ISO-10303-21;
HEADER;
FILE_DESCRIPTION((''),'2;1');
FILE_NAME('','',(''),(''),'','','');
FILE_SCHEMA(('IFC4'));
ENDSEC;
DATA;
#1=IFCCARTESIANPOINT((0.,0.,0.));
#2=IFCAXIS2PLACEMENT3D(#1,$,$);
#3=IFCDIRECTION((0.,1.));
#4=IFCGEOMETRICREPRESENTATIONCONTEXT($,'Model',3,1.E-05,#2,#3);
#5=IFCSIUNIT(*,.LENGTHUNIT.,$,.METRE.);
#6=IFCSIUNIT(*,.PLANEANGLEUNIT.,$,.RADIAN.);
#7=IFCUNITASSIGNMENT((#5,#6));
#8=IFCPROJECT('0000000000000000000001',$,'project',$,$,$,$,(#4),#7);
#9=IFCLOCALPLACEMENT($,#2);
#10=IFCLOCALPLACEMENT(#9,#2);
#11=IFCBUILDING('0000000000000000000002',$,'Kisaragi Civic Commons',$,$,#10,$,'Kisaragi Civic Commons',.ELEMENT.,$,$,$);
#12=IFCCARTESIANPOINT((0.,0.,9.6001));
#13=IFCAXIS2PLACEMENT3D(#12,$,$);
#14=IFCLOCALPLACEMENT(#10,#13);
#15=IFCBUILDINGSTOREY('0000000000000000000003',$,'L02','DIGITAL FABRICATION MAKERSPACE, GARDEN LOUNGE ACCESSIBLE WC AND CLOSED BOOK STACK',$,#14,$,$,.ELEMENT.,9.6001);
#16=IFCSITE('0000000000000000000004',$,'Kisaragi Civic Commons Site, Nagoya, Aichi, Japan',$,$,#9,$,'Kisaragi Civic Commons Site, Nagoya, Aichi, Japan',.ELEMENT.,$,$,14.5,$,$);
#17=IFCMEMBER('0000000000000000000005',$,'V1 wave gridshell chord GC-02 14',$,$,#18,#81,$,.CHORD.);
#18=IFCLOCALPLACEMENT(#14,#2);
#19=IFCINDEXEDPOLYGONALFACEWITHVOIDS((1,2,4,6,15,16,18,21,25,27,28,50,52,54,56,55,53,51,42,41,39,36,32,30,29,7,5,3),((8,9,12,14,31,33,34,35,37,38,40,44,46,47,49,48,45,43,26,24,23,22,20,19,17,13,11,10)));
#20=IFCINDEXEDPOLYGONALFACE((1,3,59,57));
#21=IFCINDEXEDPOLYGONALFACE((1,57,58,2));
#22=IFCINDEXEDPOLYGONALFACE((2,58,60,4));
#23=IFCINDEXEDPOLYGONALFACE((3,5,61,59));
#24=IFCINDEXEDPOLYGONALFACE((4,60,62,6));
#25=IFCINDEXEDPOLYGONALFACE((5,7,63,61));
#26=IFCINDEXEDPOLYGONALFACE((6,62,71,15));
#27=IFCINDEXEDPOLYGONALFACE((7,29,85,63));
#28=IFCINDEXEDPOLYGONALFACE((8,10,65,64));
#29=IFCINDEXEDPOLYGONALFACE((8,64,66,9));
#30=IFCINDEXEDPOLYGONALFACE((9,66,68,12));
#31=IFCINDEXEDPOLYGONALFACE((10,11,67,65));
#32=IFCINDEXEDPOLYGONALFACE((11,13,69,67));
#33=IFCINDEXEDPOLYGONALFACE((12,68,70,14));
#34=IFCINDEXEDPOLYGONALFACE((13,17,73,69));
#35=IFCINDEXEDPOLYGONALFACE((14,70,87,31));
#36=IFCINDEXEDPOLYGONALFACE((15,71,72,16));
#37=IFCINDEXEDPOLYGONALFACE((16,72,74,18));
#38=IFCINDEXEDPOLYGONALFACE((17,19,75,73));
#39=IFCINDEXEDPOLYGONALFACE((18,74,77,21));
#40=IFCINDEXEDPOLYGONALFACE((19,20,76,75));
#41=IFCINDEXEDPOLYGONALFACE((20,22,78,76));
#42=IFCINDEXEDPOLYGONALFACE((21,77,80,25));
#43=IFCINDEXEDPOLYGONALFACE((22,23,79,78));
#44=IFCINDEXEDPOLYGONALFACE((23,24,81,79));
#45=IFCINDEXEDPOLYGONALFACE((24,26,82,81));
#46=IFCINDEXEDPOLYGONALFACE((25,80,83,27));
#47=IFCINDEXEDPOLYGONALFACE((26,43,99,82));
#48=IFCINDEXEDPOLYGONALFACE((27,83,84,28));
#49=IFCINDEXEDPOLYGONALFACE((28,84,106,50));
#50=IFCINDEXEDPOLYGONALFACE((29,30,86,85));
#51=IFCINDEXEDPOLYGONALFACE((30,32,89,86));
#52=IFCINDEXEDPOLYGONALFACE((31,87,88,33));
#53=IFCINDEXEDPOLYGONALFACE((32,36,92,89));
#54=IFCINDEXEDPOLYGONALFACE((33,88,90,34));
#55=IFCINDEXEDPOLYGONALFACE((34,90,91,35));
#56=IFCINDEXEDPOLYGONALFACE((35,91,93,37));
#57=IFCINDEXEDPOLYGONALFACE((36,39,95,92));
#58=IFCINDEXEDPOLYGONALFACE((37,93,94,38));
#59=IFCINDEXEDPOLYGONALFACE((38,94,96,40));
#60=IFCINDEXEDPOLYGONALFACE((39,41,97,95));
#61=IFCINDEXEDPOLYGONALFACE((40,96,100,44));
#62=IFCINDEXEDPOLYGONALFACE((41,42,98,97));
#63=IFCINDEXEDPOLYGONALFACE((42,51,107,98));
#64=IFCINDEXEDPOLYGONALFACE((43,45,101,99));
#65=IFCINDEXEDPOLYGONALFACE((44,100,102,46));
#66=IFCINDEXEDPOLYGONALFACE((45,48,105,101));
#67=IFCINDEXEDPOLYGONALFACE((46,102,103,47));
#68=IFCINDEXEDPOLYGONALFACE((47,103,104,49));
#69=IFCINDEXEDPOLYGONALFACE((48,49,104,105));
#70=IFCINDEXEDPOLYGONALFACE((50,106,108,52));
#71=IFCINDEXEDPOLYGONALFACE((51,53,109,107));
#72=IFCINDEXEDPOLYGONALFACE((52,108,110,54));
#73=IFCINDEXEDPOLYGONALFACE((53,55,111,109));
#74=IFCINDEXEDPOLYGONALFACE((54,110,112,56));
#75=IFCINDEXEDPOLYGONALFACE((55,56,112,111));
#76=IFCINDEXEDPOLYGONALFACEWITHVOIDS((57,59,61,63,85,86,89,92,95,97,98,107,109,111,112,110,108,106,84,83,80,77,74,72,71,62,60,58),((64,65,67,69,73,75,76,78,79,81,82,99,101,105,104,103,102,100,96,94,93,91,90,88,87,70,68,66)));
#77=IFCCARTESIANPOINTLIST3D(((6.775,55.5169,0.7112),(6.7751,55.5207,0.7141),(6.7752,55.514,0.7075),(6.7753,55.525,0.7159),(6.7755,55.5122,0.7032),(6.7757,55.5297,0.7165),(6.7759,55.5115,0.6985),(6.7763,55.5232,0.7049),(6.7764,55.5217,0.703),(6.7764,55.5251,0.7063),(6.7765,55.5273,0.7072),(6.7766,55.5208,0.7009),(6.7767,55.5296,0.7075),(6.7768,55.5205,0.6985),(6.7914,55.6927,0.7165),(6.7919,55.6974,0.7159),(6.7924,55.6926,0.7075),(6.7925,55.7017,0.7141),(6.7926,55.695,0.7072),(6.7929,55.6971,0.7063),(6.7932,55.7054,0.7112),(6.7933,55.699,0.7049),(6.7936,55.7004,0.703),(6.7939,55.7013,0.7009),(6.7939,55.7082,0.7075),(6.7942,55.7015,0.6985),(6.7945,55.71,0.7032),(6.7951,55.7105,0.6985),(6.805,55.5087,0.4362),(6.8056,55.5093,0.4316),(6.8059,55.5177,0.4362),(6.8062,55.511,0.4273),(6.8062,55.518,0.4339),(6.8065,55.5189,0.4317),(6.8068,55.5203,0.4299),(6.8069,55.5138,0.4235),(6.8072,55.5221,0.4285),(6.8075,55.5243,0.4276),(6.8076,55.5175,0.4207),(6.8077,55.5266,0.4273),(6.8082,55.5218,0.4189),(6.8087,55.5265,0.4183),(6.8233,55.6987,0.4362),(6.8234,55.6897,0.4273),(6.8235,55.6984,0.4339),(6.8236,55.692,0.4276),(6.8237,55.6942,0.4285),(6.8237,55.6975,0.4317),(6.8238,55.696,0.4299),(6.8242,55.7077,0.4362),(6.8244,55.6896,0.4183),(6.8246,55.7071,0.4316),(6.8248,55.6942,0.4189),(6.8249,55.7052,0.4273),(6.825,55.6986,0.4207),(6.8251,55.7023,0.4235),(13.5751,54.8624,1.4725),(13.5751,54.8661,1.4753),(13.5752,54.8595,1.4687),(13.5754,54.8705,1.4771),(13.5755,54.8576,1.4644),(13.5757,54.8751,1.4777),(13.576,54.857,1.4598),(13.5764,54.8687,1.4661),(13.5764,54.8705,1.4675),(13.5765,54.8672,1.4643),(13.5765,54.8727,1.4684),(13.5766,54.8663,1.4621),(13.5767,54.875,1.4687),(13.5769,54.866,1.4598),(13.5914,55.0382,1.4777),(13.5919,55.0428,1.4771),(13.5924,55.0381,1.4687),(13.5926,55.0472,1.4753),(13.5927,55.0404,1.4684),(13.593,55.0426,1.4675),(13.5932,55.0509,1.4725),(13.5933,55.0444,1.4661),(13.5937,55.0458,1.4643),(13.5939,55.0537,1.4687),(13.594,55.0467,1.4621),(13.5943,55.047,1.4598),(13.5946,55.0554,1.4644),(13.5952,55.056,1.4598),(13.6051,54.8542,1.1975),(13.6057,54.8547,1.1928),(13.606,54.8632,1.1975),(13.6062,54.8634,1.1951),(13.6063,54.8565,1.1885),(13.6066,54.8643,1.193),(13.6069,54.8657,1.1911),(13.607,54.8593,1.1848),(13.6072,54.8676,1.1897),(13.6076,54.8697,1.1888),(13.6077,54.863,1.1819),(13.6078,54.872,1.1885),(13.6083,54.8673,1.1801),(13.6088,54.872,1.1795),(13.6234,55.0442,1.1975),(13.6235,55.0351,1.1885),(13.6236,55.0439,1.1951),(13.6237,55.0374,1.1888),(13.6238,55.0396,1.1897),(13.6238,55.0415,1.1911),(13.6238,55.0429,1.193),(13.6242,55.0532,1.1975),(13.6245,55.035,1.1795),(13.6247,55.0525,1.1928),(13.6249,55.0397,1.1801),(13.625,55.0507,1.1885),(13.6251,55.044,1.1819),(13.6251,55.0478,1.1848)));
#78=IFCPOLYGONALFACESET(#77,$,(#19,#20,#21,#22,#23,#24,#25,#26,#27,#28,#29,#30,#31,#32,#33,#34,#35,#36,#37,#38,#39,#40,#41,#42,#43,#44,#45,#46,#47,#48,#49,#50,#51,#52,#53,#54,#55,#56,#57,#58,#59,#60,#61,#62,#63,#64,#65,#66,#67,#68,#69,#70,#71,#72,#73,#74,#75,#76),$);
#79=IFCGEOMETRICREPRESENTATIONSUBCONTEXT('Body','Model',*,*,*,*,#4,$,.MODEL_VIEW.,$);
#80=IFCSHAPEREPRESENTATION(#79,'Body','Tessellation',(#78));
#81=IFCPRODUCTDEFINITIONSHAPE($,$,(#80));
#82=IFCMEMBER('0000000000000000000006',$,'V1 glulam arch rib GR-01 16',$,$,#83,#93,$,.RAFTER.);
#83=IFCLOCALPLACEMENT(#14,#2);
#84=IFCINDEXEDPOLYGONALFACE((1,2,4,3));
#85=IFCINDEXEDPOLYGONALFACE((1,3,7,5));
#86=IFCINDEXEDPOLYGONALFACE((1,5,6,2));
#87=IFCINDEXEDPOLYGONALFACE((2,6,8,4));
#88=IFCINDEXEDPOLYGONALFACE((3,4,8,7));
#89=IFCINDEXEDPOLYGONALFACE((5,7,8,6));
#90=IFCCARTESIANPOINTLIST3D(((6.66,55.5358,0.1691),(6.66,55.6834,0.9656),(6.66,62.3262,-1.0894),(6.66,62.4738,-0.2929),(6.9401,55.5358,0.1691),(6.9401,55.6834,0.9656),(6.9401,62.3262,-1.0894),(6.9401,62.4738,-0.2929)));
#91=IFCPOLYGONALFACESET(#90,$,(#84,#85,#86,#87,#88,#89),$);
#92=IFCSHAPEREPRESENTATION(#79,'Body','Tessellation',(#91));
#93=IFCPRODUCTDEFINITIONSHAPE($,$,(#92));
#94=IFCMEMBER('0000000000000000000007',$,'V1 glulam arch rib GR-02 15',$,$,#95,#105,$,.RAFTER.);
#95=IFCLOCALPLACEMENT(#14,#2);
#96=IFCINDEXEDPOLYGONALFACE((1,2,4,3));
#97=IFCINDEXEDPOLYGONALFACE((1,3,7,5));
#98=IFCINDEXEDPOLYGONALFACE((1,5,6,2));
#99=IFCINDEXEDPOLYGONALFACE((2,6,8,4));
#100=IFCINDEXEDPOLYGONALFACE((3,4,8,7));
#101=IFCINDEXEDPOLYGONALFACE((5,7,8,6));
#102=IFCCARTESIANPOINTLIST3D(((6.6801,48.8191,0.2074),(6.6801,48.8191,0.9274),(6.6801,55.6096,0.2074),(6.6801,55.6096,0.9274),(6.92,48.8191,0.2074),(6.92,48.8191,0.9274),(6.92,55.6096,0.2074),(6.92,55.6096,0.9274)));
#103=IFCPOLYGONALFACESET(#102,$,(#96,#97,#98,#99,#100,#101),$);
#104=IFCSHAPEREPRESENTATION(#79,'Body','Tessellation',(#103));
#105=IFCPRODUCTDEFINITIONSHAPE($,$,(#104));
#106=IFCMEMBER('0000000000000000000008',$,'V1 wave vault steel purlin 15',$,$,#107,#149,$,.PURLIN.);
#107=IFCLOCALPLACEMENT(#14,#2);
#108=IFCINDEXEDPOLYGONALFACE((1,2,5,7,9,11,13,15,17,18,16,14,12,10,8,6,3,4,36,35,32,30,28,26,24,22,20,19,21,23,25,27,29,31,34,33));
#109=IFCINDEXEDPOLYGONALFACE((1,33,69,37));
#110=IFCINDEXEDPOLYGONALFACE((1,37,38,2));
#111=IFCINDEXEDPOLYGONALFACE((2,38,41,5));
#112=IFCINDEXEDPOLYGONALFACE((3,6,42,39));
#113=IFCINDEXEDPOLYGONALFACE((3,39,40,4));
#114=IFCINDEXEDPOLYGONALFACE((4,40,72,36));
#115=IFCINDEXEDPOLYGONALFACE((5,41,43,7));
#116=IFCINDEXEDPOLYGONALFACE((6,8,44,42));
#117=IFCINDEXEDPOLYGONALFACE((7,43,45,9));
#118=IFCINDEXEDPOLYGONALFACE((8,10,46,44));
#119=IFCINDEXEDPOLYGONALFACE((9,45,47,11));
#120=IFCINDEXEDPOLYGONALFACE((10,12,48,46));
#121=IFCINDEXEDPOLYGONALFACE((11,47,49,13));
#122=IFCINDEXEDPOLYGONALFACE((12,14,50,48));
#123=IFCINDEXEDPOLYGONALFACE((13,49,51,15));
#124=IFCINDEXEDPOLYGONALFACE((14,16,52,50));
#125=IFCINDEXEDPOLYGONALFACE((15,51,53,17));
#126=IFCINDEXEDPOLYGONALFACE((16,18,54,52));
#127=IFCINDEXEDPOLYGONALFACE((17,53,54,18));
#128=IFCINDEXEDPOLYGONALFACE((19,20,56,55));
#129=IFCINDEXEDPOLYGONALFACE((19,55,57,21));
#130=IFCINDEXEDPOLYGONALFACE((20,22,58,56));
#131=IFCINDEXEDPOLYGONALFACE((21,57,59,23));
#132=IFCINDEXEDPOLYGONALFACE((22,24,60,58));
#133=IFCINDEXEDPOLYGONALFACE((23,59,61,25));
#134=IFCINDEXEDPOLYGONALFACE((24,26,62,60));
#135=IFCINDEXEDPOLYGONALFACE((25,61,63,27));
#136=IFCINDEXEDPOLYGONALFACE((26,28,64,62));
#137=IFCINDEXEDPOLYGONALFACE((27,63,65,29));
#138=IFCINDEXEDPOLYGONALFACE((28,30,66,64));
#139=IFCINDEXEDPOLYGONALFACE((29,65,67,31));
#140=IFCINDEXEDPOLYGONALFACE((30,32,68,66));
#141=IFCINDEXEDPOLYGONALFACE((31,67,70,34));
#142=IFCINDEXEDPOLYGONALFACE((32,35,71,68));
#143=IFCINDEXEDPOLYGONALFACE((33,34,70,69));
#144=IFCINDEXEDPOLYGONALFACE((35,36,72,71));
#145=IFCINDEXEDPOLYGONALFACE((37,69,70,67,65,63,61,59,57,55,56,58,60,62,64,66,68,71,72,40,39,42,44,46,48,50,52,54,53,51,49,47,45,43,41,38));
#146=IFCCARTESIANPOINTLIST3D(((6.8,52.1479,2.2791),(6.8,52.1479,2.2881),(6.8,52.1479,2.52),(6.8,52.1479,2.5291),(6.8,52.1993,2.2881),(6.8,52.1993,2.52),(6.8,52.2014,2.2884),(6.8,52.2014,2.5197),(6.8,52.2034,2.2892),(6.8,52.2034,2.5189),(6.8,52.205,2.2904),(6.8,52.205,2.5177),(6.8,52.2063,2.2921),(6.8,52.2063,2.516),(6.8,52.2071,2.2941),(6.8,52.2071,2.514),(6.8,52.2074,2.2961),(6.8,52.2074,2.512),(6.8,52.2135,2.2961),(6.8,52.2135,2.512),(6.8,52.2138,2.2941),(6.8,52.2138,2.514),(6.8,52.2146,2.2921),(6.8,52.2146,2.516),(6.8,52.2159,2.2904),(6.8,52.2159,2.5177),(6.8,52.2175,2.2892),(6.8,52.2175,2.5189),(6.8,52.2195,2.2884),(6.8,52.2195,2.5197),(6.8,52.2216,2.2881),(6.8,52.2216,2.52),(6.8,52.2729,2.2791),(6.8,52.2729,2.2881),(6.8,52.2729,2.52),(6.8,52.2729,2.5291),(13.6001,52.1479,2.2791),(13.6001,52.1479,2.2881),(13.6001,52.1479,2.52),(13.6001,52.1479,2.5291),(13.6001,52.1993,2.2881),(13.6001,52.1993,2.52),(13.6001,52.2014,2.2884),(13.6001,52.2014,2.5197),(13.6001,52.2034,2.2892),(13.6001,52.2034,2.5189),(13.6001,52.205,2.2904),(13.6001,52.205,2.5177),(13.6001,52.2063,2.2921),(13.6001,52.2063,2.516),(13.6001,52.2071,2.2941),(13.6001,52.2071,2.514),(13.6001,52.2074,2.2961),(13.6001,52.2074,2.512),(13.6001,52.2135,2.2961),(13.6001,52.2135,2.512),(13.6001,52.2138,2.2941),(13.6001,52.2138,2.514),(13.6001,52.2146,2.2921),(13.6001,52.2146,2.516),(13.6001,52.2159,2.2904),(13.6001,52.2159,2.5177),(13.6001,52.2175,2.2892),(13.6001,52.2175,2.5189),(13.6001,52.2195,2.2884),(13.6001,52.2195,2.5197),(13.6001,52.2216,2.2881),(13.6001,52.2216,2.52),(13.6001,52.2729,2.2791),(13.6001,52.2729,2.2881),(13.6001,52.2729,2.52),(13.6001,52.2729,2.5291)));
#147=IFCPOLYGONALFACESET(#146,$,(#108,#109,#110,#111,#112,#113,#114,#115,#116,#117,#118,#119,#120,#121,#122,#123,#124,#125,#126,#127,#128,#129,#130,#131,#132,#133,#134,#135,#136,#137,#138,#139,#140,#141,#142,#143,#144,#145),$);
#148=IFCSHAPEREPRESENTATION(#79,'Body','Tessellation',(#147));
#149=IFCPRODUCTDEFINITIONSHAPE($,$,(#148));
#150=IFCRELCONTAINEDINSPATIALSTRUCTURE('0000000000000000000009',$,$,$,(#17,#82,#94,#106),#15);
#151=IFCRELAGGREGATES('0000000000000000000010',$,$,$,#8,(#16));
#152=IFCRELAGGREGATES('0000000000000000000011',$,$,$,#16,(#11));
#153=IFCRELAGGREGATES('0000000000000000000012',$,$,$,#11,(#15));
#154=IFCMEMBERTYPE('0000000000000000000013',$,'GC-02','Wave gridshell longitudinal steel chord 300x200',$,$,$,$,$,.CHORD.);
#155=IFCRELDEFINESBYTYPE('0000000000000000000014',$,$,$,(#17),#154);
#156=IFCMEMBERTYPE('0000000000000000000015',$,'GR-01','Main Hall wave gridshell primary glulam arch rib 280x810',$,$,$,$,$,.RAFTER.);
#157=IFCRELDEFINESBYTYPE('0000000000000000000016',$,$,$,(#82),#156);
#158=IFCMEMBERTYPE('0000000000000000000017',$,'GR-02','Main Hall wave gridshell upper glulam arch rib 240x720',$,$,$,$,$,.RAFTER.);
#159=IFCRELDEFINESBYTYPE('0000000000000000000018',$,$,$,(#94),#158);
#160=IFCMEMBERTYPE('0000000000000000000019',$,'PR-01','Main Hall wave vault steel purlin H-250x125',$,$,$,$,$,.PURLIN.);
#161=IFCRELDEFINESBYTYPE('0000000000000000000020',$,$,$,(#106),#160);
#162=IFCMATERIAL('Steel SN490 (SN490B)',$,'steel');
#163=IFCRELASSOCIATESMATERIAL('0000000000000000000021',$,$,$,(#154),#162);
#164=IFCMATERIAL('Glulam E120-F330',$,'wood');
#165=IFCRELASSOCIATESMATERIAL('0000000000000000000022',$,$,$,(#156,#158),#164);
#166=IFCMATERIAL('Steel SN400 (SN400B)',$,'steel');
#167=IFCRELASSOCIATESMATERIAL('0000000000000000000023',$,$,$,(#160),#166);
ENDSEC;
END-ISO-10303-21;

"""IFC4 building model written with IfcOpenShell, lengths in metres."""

from ifc_helpers import new_model, si_unit, direction, frame, origin, origin_2d, place, context, subcontext, project, spatial, rectangle, hollow_rectangle, i_section, extrude, material, material_profile, profile_set, type_object, element, save


model = new_model("IFC4")

# Units and contexts
model_context = context("Model", 3, precision=1e-05, world=origin(), true_north=direction((0.0, 1.0)))
body_context = subcontext(model_context, "Body", "Model", "MODEL_VIEW")
ifc_project = project(units=[si_unit("LENGTHUNIT", "METRE"), si_unit("PLANEANGLEUNIT", "RADIAN")], contexts=[model_context])

# Site, building, storey
site_placement = place(None, origin())
site = spatial("IfcSite", under=ifc_project, at=site_placement, Name="Kisaragi Civic Commons Site, Nagoya, Aichi, Japan", LongName="Kisaragi Civic Commons Site, Nagoya, Aichi, Japan", CompositionType="ELEMENT", RefElevation=14.5)
building_placement = place(site_placement, origin())
building = spatial("IfcBuilding", under=site, at=building_placement, Name="Kisaragi Civic Commons", LongName="Kisaragi Civic Commons", CompositionType="ELEMENT")
storey_placement = place(building_placement, frame((0.0, 0.0, 9.6001)))
storey = spatial("IfcBuildingStorey", under=building, at=storey_placement, Name="L02", Description="DIGITAL FABRICATION MAKERSPACE, GARDEN LOUNGE ACCESSIBLE WC AND CLOSED BOOK STACK", CompositionType="ELEMENT", Elevation=9.6001)

# Shared definitions
ifc_material_1 = material(Name="Steel SN400 (SN400B)", Category="steel")

# Members
ifc_material_2 = material(Name="Steel SN490 (SN490B)", Category="steel")
ifc_material_profile_1 = material_profile(ifc_material_2, hollow_rectangle(XDim=0.2, YDim=0.3, WallThickness=0.009, InnerFilletRadius=0.009, OuterFilletRadius=0.0181, at=origin_2d()), Name="STKR-300x200x9", Category="steel")
ifc_profile_set_1 = profile_set([ifc_material_profile_1], Name="Steel SN490 (SN490B)")
member_type_1 = type_object("IfcMemberType", Name="GC-02", Description="Wave gridshell longitudinal steel chord 300x200", PredefinedType="CHORD", material=ifc_profile_set_1)
member_1_placement = place(storey_placement, frame((6.8, 55.6096, 0.5674), z_axis=(0.989277, -0.095223, 0.110744), x_axis=(0.095813, 0.995399, 0.0)))
element("IfcMember", 1, at=member_1_placement, inside=storey, type_object=member_type_1, Name="V1 wave gridshell chord GC-02 14", PredefinedType="CHORD", context=body_context, shape_type="SweptSolid", body=[
    extrude(hollow_rectangle(XDim=0.2, YDim=0.3, WallThickness=0.009, InnerFilletRadius=0.009, OuterFilletRadius=0.0181, at=origin_2d()), origin(), (0.0, 0.0, 1.0), 6.8738),
])
ifc_material_3 = material(Name="Glulam E120-F330", Category="wood")
ifc_material_profile_2 = material_profile(ifc_material_3, rectangle(XDim=0.28, YDim=0.8101, at=origin_2d()), Name="GL-280x810", Category="wood")
ifc_profile_set_2 = profile_set([ifc_material_profile_2], Name="Glulam E120-F330")
member_type_2 = type_object("IfcMemberType", Name="GR-01", Description="Main Hall wave gridshell primary glulam arch rib 280x810", PredefinedType="RAFTER", material=ifc_profile_set_2)
member_2_placement = place(storey_placement, frame((6.8, 55.6096, 0.5674), z_axis=(0.0, 0.983254, -0.182241), x_axis=(-1.0, 0.0, 0.0)))
element("IfcMember", 2, at=member_2_placement, inside=storey, type_object=member_type_2, Name="V1 glulam arch rib GR-01 16", PredefinedType="RAFTER", context=body_context, shape_type="SweptSolid", body=[
    extrude(rectangle(XDim=0.28, YDim=0.8101, at=origin_2d()), origin(), (0.0, 0.0, 1.0), 6.906),
])
ifc_material_profile_3 = material_profile(ifc_material_3, rectangle(XDim=0.24, YDim=0.72, at=origin_2d()), Name="GL-240x720", Category="wood")
ifc_profile_set_3 = profile_set([ifc_material_profile_3], Name="Glulam E120-F330")
member_type_3 = type_object("IfcMemberType", Name="GR-02", Description="Main Hall wave gridshell upper glulam arch rib 240x720", PredefinedType="RAFTER", material=ifc_profile_set_3)
member_3_placement = place(storey_placement, frame((6.8, 48.8191, 0.5674), z_axis=(0.0, 1.0, 0.0), x_axis=(-1.0, 0.0, 0.0)))
element("IfcMember", 3, at=member_3_placement, inside=storey, type_object=member_type_3, Name="V1 glulam arch rib GR-02 15", PredefinedType="RAFTER", context=body_context, shape_type="SweptSolid", body=[
    extrude(rectangle(XDim=0.24, YDim=0.72, at=origin_2d()), origin(), (0.0, 0.0, 1.0), 6.7905),
])
ifc_material_profile_4 = material_profile(ifc_material_1, i_section(OverallWidth=0.125, OverallDepth=0.25, WebThickness=0.0061, FlangeThickness=0.009, FilletRadius=0.0081, at=origin_2d()), Name="H-250x125x6x9", Category="steel")
ifc_profile_set_4 = profile_set([ifc_material_profile_4], Name="Steel SN400 (SN400B)")
member_type_4 = type_object("IfcMemberType", Name="PR-01", Description="Main Hall wave vault steel purlin H-250x125", PredefinedType="PURLIN", material=ifc_profile_set_4)
member_4_placement = place(storey_placement, frame((6.8, 52.2104, 2.4041), z_axis=(1.0, 0.0, 0.0), x_axis=(0.0, 1.0, 0.0)))
element("IfcMember", 4, at=member_4_placement, inside=storey, type_object=member_type_4, Name="V1 wave vault steel purlin 15", PredefinedType="PURLIN", context=body_context, shape_type="SweptSolid", body=[
    extrude(i_section(OverallWidth=0.125, OverallDepth=0.25, WebThickness=0.0061, FlangeThickness=0.009, FilletRadius=0.0081, at=origin_2d()), origin(), (0.0, 0.0, 1.0), 6.8),
])

save(model, "model.ifc")
